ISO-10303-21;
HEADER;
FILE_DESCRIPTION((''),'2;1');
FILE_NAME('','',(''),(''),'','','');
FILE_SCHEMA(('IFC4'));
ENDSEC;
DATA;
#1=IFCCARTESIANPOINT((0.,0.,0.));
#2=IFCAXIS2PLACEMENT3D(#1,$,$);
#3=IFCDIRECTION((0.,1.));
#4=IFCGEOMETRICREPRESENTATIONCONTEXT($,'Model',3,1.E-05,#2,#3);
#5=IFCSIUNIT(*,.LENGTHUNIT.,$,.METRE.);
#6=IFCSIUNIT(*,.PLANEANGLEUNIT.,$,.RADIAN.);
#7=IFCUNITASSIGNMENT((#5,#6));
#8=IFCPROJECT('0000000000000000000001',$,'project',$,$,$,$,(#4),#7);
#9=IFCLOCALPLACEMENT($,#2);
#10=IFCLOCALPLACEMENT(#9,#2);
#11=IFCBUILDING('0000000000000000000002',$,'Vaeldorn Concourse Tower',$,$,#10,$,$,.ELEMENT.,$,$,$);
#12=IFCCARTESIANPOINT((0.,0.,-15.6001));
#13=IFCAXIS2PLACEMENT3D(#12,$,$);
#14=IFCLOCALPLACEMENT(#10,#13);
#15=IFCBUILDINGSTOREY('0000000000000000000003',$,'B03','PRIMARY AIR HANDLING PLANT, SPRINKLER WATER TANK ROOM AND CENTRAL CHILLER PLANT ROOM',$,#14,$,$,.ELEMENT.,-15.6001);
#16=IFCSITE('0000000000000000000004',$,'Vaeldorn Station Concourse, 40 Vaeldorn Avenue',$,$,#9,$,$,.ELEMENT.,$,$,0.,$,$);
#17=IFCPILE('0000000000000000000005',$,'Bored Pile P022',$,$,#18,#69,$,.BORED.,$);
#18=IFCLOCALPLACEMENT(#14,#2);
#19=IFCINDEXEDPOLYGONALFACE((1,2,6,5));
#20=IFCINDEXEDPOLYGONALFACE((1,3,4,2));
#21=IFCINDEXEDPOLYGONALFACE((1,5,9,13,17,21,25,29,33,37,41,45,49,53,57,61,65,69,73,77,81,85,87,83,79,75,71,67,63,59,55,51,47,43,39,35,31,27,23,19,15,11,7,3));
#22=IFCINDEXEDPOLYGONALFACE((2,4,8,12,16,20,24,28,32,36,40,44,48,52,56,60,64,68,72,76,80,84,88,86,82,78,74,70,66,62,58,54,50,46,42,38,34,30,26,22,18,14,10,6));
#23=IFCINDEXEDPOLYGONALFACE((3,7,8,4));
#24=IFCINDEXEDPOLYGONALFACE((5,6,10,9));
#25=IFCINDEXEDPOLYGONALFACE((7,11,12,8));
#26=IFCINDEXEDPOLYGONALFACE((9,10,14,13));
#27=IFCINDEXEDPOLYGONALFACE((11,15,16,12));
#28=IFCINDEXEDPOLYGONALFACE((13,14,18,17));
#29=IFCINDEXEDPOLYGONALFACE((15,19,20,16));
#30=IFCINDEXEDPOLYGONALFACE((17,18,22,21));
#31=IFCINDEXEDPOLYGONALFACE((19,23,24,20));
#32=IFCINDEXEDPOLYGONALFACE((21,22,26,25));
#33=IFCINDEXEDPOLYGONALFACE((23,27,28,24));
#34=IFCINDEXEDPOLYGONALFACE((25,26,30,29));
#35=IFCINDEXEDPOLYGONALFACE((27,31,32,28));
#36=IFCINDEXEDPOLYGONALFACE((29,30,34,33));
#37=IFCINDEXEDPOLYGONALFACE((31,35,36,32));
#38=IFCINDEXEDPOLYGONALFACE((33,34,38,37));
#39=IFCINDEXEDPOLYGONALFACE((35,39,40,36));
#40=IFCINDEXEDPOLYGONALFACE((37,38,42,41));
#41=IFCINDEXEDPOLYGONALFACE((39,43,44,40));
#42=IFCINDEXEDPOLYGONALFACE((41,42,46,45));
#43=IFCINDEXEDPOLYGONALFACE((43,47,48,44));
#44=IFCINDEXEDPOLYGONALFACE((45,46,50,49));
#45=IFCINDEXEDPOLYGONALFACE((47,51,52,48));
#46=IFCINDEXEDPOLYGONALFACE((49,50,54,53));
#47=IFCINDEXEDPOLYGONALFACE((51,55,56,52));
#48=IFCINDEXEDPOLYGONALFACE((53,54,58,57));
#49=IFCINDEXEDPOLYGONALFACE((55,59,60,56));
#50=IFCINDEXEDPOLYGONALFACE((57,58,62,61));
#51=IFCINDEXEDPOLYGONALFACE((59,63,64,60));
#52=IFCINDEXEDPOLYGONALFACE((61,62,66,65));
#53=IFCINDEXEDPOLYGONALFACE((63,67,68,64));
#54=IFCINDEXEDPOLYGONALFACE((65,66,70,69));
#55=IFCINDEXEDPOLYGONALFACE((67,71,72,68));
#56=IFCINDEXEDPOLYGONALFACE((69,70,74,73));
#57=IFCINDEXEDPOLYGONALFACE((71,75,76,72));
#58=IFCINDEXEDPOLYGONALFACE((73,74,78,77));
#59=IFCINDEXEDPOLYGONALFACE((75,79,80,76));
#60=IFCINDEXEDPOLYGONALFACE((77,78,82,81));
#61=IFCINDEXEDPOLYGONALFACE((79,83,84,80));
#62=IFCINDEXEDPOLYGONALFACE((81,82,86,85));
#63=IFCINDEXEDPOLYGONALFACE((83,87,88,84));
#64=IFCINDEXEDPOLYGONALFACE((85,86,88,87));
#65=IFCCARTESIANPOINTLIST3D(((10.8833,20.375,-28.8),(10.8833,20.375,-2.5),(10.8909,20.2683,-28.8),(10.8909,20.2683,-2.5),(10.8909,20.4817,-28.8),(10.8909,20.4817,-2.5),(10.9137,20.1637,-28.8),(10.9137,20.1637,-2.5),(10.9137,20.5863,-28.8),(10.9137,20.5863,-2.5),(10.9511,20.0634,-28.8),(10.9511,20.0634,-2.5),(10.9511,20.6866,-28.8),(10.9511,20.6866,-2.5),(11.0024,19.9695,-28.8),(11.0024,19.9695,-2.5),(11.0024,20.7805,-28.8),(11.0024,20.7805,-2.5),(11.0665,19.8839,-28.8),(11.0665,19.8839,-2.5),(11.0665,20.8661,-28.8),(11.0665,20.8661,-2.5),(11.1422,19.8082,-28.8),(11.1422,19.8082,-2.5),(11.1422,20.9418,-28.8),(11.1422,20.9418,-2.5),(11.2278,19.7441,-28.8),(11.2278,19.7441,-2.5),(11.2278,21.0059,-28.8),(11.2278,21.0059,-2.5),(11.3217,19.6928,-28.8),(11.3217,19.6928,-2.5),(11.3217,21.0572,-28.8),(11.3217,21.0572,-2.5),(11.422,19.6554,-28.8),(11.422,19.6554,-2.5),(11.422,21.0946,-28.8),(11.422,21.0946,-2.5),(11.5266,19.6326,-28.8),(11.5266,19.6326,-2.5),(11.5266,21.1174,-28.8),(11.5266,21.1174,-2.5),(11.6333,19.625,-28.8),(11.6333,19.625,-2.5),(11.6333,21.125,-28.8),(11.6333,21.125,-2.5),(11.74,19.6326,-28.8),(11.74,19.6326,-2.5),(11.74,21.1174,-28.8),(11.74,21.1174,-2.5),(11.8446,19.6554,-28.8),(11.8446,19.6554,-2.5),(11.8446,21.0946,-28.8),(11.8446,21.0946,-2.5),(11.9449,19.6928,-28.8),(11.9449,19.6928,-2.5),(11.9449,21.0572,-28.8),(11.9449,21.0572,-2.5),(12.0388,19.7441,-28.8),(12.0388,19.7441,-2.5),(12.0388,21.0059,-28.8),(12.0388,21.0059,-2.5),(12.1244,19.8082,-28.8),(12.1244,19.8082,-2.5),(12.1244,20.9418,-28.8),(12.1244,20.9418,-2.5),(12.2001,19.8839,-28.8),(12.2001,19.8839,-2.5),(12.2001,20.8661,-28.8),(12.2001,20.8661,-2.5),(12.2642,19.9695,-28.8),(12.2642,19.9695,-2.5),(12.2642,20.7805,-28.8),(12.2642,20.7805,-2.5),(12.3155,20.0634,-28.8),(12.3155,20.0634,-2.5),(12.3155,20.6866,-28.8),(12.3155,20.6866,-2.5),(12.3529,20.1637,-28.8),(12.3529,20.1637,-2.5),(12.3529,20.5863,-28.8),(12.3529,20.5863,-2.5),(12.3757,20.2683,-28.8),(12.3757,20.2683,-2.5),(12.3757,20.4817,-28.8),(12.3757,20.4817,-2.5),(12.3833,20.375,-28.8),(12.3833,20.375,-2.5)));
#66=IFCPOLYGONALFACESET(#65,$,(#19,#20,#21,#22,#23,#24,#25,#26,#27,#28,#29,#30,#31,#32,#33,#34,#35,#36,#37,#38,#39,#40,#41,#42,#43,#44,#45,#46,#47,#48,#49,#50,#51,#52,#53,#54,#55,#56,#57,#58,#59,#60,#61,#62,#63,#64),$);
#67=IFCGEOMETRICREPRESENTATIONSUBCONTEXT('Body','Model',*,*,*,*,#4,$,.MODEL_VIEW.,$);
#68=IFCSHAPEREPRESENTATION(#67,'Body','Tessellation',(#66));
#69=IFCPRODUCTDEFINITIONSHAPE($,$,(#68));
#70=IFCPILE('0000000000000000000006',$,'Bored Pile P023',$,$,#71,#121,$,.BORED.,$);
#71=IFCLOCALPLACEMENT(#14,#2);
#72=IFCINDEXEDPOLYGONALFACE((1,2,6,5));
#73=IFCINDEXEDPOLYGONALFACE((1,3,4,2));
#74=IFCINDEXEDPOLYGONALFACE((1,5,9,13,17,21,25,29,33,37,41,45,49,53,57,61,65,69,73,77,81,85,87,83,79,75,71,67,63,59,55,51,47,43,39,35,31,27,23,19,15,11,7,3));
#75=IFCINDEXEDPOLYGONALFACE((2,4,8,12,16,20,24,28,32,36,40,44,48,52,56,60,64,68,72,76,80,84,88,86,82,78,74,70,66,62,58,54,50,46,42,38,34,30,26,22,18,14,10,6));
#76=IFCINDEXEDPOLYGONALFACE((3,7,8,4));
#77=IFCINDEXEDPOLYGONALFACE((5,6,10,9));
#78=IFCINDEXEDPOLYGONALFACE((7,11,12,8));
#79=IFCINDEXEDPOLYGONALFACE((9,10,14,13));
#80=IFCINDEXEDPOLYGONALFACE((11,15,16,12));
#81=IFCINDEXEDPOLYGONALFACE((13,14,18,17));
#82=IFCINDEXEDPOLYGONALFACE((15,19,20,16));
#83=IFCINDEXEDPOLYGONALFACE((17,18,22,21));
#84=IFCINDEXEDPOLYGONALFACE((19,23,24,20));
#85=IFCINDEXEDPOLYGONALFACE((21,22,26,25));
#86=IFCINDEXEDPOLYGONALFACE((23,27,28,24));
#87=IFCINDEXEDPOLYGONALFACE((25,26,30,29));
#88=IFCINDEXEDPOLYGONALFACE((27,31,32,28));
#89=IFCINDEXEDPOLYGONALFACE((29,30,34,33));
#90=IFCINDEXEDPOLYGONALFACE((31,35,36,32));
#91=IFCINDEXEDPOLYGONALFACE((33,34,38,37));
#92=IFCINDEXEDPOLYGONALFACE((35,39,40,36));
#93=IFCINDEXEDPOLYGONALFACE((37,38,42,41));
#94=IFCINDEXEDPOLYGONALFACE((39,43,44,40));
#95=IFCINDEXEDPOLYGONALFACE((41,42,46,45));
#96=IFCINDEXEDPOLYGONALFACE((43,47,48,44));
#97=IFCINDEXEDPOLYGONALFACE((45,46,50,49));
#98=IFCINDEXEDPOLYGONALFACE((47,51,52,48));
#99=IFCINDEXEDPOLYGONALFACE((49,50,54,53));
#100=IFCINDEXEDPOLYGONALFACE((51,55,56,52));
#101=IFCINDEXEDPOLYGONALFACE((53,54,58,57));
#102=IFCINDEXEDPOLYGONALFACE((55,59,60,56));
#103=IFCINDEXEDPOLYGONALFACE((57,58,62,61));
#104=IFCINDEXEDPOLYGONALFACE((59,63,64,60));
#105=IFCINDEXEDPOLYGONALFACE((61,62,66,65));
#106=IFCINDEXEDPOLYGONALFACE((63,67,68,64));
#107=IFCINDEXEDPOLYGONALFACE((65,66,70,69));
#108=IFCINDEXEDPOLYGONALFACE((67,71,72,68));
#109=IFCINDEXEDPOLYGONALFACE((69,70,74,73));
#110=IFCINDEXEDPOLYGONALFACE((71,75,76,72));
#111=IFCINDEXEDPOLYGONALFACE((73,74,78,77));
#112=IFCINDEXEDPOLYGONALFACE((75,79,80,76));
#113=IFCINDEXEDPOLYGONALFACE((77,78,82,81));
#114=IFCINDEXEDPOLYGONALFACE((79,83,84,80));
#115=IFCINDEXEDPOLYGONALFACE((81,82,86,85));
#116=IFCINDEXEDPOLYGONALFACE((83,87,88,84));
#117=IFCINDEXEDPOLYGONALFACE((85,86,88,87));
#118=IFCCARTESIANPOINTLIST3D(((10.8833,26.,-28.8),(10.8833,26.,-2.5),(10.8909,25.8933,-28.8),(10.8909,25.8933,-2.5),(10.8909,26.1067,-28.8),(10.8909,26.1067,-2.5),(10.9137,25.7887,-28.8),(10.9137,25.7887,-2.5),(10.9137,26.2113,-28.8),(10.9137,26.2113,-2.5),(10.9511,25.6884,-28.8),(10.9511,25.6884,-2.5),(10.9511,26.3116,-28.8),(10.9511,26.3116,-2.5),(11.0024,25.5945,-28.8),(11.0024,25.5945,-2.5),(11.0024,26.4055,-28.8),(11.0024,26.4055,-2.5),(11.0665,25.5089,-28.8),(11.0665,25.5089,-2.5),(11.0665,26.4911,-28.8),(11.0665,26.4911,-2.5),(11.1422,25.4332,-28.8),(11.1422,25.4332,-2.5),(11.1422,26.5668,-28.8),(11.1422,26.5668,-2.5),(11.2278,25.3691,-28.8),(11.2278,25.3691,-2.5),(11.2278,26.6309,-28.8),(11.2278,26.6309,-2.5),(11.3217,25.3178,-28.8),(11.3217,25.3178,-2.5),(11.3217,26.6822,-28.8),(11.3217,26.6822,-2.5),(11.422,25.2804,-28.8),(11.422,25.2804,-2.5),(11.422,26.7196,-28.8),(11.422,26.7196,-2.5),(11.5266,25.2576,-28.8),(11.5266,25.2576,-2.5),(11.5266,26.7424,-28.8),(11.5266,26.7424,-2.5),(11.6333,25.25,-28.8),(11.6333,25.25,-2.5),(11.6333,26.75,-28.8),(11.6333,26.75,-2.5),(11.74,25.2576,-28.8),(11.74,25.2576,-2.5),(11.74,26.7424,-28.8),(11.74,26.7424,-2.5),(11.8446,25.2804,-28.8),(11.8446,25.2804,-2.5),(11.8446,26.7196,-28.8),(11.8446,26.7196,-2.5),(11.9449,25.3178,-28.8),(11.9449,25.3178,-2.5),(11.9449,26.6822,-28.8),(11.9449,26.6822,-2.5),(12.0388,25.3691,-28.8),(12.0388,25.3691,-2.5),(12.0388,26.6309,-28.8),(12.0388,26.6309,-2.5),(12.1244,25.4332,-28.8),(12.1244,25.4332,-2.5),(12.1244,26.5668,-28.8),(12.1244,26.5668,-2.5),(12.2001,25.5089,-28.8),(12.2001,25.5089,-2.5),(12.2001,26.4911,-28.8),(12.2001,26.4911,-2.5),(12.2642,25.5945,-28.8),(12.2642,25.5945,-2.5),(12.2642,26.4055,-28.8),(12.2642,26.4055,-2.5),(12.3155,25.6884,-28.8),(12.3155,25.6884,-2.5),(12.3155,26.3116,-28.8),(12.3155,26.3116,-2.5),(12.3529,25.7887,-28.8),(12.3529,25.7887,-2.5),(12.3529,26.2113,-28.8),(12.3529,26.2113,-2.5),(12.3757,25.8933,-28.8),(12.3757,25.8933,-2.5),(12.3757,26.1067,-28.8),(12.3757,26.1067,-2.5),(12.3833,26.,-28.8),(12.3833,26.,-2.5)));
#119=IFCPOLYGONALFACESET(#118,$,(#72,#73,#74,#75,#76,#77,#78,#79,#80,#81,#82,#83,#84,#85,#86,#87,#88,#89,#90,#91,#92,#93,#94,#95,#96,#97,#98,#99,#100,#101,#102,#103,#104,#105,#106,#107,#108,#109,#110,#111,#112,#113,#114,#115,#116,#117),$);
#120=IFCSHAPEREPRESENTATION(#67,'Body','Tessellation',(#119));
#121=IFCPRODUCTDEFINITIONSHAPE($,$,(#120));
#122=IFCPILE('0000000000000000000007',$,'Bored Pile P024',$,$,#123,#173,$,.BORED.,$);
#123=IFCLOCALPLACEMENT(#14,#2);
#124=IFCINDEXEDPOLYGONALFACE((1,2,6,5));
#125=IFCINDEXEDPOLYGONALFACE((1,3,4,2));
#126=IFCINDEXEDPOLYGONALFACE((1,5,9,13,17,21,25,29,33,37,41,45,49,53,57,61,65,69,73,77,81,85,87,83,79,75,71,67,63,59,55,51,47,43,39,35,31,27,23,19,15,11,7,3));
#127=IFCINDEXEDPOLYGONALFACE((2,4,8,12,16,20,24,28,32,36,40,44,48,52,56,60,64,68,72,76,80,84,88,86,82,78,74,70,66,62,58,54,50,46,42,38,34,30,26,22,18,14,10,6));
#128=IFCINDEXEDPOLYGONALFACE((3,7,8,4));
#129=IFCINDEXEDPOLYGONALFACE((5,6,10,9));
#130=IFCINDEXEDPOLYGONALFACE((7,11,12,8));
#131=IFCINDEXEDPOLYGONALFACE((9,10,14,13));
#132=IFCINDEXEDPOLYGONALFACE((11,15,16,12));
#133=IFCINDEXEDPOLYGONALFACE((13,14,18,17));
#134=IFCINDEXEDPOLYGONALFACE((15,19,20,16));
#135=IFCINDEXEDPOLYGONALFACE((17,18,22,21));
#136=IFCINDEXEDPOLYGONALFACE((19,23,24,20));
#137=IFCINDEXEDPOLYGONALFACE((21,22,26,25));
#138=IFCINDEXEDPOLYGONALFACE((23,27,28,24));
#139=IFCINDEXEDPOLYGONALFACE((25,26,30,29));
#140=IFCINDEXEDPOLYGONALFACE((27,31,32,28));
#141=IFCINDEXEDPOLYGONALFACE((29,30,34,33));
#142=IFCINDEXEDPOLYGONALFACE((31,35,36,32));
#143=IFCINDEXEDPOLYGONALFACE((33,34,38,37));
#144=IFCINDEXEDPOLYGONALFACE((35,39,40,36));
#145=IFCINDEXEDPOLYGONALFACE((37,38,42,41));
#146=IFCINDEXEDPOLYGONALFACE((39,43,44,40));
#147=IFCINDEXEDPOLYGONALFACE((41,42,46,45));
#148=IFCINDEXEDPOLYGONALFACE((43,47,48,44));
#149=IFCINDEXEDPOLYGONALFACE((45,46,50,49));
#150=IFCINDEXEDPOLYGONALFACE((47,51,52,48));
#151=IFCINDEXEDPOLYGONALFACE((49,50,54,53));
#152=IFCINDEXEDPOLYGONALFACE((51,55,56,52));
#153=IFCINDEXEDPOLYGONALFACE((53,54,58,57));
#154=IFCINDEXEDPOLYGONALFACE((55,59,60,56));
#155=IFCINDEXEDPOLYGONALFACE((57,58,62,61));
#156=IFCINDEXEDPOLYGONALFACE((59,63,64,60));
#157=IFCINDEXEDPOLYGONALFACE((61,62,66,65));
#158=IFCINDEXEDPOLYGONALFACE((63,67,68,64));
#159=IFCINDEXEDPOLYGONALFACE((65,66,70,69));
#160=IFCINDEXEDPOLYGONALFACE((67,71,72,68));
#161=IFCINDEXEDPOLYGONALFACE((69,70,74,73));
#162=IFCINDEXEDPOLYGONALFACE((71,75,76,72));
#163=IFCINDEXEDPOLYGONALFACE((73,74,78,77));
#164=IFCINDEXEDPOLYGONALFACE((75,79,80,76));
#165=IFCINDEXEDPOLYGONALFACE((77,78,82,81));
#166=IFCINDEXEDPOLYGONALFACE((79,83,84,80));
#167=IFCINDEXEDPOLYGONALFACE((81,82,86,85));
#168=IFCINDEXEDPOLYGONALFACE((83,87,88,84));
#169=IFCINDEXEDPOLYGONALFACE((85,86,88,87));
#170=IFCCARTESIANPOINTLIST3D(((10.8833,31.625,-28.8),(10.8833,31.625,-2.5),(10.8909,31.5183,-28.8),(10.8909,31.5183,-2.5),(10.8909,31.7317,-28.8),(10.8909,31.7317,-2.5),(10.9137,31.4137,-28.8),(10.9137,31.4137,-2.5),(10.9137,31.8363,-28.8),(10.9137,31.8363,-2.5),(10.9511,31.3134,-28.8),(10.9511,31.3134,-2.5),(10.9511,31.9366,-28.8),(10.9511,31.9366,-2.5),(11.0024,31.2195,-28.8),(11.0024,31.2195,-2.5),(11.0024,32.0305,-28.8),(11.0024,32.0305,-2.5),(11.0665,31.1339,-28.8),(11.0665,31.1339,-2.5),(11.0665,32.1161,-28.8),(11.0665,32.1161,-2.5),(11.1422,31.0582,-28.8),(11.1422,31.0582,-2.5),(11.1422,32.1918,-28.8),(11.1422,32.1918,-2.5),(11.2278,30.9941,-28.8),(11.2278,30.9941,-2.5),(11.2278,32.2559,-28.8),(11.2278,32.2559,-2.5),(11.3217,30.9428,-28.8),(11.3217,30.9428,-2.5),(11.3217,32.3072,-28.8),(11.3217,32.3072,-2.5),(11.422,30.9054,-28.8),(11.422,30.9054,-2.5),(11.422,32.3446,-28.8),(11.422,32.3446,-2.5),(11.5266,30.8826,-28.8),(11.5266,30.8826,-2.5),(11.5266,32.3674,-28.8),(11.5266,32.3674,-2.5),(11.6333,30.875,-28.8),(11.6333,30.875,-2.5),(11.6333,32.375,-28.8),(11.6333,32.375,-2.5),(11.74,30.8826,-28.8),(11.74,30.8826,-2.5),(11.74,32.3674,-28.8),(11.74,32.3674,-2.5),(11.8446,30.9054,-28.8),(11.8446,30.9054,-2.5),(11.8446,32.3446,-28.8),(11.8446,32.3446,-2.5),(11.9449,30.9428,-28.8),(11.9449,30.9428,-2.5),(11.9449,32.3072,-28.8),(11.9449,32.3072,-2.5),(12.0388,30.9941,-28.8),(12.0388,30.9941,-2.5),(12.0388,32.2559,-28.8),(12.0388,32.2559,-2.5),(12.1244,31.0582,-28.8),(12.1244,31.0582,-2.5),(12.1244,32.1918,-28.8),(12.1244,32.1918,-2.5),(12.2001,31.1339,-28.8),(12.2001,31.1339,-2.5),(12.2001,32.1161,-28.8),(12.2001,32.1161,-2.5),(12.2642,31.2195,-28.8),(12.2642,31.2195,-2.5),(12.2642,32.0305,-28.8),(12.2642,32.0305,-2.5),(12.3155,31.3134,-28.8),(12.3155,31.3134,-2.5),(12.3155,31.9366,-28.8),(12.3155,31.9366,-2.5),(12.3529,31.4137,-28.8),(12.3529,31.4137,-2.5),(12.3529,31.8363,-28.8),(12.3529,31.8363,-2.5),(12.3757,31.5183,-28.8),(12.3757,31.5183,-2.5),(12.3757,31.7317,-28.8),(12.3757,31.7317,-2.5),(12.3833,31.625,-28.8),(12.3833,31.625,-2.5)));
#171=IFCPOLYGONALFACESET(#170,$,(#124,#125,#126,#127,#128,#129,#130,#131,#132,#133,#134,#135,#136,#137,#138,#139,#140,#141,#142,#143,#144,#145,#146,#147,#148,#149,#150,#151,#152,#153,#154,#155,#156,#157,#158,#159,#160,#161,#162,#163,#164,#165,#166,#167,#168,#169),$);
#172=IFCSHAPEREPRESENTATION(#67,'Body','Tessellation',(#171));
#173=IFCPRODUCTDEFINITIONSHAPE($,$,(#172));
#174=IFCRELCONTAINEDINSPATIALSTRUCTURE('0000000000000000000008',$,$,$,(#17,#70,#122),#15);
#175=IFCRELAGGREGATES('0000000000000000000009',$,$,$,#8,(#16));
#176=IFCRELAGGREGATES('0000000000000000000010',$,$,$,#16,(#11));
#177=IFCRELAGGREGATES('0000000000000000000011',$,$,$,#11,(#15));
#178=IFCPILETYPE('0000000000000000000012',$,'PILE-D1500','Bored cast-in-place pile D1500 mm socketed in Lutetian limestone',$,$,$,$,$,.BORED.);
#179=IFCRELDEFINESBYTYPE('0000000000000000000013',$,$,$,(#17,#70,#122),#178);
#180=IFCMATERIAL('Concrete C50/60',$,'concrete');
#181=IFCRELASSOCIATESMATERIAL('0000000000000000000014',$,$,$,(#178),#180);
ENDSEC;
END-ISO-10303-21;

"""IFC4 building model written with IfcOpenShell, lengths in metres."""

from ifc_helpers import new_model, si_unit, direction, frame, origin, origin_2d, place, context, subcontext, project, spatial, circle, extrude, material, material_profile, profile_set, type_object, element, save


model = new_model("IFC4")

# Units and contexts
model_context = context("Model", 3, precision=1e-05, world=origin(), true_north=direction((0.0, 1.0)))
body_context = subcontext(model_context, "Body", "Model", "MODEL_VIEW")
ifc_project = project(units=[si_unit("LENGTHUNIT", "METRE"), si_unit("PLANEANGLEUNIT", "RADIAN")], contexts=[model_context])

# Site, building, storey
site_placement = place(None, origin())
site = spatial("IfcSite", under=ifc_project, at=site_placement, Name="Vaeldorn Station Concourse, 40 Vaeldorn Avenue", CompositionType="ELEMENT", RefElevation=0.0)
building_placement = place(site_placement, origin())
building = spatial("IfcBuilding", under=site, at=building_placement, Name="Vaeldorn Concourse Tower", CompositionType="ELEMENT")
storey_placement = place(building_placement, frame((0.0, 0.0, -15.6001)))
storey = spatial("IfcBuildingStorey", under=building, at=storey_placement, Name="B03", Description="PRIMARY AIR HANDLING PLANT, SPRINKLER WATER TANK ROOM AND CENTRAL CHILLER PLANT ROOM", CompositionType="ELEMENT", Elevation=-15.6001)

# Piles
ifc_material_1 = material(Name="Concrete C50/60", Category="concrete")
ifc_material_profile_1 = material_profile(ifc_material_1, circle(Radius=0.75, at=origin_2d()), Name="BORED PILE D1500")
ifc_profile_set_1 = profile_set([ifc_material_profile_1], Name="Concrete C50/60")
pile_type = type_object("IfcPileType", Name="PILE-D1500", Description="Bored cast-in-place pile D1500 mm socketed in Lutetian limestone", PredefinedType="BORED", material=ifc_profile_set_1)
for number, where, z_axis, x_axis, name in (
    (1, (11.6333, 20.375, -2.5), (0.0, 0.0, -1.0), (1.0, 0.0, 0.0), "Bored Pile P022"),
    (2, (11.6333, 26.0, -2.5), (0.0, 0.0, -1.0), (1.0, 0.0, 0.0), "Bored Pile P023"),
    (3, (11.6333, 31.625, -2.5), (0.0, 0.0, -1.0), (1.0, 0.0, 0.0), "Bored Pile P024"),
):
    element("IfcPile", number, at=place(storey_placement, frame(where, z_axis=z_axis, x_axis=x_axis)), inside=storey, type_object=pile_type, Name=name, PredefinedType="BORED", context=body_context, shape_type="SweptSolid", body=[
        extrude(circle(Radius=0.75, at=origin_2d()), origin(), (0.0, 0.0, 1.0), 26.3),
    ])

save(model, "model.ifc")
